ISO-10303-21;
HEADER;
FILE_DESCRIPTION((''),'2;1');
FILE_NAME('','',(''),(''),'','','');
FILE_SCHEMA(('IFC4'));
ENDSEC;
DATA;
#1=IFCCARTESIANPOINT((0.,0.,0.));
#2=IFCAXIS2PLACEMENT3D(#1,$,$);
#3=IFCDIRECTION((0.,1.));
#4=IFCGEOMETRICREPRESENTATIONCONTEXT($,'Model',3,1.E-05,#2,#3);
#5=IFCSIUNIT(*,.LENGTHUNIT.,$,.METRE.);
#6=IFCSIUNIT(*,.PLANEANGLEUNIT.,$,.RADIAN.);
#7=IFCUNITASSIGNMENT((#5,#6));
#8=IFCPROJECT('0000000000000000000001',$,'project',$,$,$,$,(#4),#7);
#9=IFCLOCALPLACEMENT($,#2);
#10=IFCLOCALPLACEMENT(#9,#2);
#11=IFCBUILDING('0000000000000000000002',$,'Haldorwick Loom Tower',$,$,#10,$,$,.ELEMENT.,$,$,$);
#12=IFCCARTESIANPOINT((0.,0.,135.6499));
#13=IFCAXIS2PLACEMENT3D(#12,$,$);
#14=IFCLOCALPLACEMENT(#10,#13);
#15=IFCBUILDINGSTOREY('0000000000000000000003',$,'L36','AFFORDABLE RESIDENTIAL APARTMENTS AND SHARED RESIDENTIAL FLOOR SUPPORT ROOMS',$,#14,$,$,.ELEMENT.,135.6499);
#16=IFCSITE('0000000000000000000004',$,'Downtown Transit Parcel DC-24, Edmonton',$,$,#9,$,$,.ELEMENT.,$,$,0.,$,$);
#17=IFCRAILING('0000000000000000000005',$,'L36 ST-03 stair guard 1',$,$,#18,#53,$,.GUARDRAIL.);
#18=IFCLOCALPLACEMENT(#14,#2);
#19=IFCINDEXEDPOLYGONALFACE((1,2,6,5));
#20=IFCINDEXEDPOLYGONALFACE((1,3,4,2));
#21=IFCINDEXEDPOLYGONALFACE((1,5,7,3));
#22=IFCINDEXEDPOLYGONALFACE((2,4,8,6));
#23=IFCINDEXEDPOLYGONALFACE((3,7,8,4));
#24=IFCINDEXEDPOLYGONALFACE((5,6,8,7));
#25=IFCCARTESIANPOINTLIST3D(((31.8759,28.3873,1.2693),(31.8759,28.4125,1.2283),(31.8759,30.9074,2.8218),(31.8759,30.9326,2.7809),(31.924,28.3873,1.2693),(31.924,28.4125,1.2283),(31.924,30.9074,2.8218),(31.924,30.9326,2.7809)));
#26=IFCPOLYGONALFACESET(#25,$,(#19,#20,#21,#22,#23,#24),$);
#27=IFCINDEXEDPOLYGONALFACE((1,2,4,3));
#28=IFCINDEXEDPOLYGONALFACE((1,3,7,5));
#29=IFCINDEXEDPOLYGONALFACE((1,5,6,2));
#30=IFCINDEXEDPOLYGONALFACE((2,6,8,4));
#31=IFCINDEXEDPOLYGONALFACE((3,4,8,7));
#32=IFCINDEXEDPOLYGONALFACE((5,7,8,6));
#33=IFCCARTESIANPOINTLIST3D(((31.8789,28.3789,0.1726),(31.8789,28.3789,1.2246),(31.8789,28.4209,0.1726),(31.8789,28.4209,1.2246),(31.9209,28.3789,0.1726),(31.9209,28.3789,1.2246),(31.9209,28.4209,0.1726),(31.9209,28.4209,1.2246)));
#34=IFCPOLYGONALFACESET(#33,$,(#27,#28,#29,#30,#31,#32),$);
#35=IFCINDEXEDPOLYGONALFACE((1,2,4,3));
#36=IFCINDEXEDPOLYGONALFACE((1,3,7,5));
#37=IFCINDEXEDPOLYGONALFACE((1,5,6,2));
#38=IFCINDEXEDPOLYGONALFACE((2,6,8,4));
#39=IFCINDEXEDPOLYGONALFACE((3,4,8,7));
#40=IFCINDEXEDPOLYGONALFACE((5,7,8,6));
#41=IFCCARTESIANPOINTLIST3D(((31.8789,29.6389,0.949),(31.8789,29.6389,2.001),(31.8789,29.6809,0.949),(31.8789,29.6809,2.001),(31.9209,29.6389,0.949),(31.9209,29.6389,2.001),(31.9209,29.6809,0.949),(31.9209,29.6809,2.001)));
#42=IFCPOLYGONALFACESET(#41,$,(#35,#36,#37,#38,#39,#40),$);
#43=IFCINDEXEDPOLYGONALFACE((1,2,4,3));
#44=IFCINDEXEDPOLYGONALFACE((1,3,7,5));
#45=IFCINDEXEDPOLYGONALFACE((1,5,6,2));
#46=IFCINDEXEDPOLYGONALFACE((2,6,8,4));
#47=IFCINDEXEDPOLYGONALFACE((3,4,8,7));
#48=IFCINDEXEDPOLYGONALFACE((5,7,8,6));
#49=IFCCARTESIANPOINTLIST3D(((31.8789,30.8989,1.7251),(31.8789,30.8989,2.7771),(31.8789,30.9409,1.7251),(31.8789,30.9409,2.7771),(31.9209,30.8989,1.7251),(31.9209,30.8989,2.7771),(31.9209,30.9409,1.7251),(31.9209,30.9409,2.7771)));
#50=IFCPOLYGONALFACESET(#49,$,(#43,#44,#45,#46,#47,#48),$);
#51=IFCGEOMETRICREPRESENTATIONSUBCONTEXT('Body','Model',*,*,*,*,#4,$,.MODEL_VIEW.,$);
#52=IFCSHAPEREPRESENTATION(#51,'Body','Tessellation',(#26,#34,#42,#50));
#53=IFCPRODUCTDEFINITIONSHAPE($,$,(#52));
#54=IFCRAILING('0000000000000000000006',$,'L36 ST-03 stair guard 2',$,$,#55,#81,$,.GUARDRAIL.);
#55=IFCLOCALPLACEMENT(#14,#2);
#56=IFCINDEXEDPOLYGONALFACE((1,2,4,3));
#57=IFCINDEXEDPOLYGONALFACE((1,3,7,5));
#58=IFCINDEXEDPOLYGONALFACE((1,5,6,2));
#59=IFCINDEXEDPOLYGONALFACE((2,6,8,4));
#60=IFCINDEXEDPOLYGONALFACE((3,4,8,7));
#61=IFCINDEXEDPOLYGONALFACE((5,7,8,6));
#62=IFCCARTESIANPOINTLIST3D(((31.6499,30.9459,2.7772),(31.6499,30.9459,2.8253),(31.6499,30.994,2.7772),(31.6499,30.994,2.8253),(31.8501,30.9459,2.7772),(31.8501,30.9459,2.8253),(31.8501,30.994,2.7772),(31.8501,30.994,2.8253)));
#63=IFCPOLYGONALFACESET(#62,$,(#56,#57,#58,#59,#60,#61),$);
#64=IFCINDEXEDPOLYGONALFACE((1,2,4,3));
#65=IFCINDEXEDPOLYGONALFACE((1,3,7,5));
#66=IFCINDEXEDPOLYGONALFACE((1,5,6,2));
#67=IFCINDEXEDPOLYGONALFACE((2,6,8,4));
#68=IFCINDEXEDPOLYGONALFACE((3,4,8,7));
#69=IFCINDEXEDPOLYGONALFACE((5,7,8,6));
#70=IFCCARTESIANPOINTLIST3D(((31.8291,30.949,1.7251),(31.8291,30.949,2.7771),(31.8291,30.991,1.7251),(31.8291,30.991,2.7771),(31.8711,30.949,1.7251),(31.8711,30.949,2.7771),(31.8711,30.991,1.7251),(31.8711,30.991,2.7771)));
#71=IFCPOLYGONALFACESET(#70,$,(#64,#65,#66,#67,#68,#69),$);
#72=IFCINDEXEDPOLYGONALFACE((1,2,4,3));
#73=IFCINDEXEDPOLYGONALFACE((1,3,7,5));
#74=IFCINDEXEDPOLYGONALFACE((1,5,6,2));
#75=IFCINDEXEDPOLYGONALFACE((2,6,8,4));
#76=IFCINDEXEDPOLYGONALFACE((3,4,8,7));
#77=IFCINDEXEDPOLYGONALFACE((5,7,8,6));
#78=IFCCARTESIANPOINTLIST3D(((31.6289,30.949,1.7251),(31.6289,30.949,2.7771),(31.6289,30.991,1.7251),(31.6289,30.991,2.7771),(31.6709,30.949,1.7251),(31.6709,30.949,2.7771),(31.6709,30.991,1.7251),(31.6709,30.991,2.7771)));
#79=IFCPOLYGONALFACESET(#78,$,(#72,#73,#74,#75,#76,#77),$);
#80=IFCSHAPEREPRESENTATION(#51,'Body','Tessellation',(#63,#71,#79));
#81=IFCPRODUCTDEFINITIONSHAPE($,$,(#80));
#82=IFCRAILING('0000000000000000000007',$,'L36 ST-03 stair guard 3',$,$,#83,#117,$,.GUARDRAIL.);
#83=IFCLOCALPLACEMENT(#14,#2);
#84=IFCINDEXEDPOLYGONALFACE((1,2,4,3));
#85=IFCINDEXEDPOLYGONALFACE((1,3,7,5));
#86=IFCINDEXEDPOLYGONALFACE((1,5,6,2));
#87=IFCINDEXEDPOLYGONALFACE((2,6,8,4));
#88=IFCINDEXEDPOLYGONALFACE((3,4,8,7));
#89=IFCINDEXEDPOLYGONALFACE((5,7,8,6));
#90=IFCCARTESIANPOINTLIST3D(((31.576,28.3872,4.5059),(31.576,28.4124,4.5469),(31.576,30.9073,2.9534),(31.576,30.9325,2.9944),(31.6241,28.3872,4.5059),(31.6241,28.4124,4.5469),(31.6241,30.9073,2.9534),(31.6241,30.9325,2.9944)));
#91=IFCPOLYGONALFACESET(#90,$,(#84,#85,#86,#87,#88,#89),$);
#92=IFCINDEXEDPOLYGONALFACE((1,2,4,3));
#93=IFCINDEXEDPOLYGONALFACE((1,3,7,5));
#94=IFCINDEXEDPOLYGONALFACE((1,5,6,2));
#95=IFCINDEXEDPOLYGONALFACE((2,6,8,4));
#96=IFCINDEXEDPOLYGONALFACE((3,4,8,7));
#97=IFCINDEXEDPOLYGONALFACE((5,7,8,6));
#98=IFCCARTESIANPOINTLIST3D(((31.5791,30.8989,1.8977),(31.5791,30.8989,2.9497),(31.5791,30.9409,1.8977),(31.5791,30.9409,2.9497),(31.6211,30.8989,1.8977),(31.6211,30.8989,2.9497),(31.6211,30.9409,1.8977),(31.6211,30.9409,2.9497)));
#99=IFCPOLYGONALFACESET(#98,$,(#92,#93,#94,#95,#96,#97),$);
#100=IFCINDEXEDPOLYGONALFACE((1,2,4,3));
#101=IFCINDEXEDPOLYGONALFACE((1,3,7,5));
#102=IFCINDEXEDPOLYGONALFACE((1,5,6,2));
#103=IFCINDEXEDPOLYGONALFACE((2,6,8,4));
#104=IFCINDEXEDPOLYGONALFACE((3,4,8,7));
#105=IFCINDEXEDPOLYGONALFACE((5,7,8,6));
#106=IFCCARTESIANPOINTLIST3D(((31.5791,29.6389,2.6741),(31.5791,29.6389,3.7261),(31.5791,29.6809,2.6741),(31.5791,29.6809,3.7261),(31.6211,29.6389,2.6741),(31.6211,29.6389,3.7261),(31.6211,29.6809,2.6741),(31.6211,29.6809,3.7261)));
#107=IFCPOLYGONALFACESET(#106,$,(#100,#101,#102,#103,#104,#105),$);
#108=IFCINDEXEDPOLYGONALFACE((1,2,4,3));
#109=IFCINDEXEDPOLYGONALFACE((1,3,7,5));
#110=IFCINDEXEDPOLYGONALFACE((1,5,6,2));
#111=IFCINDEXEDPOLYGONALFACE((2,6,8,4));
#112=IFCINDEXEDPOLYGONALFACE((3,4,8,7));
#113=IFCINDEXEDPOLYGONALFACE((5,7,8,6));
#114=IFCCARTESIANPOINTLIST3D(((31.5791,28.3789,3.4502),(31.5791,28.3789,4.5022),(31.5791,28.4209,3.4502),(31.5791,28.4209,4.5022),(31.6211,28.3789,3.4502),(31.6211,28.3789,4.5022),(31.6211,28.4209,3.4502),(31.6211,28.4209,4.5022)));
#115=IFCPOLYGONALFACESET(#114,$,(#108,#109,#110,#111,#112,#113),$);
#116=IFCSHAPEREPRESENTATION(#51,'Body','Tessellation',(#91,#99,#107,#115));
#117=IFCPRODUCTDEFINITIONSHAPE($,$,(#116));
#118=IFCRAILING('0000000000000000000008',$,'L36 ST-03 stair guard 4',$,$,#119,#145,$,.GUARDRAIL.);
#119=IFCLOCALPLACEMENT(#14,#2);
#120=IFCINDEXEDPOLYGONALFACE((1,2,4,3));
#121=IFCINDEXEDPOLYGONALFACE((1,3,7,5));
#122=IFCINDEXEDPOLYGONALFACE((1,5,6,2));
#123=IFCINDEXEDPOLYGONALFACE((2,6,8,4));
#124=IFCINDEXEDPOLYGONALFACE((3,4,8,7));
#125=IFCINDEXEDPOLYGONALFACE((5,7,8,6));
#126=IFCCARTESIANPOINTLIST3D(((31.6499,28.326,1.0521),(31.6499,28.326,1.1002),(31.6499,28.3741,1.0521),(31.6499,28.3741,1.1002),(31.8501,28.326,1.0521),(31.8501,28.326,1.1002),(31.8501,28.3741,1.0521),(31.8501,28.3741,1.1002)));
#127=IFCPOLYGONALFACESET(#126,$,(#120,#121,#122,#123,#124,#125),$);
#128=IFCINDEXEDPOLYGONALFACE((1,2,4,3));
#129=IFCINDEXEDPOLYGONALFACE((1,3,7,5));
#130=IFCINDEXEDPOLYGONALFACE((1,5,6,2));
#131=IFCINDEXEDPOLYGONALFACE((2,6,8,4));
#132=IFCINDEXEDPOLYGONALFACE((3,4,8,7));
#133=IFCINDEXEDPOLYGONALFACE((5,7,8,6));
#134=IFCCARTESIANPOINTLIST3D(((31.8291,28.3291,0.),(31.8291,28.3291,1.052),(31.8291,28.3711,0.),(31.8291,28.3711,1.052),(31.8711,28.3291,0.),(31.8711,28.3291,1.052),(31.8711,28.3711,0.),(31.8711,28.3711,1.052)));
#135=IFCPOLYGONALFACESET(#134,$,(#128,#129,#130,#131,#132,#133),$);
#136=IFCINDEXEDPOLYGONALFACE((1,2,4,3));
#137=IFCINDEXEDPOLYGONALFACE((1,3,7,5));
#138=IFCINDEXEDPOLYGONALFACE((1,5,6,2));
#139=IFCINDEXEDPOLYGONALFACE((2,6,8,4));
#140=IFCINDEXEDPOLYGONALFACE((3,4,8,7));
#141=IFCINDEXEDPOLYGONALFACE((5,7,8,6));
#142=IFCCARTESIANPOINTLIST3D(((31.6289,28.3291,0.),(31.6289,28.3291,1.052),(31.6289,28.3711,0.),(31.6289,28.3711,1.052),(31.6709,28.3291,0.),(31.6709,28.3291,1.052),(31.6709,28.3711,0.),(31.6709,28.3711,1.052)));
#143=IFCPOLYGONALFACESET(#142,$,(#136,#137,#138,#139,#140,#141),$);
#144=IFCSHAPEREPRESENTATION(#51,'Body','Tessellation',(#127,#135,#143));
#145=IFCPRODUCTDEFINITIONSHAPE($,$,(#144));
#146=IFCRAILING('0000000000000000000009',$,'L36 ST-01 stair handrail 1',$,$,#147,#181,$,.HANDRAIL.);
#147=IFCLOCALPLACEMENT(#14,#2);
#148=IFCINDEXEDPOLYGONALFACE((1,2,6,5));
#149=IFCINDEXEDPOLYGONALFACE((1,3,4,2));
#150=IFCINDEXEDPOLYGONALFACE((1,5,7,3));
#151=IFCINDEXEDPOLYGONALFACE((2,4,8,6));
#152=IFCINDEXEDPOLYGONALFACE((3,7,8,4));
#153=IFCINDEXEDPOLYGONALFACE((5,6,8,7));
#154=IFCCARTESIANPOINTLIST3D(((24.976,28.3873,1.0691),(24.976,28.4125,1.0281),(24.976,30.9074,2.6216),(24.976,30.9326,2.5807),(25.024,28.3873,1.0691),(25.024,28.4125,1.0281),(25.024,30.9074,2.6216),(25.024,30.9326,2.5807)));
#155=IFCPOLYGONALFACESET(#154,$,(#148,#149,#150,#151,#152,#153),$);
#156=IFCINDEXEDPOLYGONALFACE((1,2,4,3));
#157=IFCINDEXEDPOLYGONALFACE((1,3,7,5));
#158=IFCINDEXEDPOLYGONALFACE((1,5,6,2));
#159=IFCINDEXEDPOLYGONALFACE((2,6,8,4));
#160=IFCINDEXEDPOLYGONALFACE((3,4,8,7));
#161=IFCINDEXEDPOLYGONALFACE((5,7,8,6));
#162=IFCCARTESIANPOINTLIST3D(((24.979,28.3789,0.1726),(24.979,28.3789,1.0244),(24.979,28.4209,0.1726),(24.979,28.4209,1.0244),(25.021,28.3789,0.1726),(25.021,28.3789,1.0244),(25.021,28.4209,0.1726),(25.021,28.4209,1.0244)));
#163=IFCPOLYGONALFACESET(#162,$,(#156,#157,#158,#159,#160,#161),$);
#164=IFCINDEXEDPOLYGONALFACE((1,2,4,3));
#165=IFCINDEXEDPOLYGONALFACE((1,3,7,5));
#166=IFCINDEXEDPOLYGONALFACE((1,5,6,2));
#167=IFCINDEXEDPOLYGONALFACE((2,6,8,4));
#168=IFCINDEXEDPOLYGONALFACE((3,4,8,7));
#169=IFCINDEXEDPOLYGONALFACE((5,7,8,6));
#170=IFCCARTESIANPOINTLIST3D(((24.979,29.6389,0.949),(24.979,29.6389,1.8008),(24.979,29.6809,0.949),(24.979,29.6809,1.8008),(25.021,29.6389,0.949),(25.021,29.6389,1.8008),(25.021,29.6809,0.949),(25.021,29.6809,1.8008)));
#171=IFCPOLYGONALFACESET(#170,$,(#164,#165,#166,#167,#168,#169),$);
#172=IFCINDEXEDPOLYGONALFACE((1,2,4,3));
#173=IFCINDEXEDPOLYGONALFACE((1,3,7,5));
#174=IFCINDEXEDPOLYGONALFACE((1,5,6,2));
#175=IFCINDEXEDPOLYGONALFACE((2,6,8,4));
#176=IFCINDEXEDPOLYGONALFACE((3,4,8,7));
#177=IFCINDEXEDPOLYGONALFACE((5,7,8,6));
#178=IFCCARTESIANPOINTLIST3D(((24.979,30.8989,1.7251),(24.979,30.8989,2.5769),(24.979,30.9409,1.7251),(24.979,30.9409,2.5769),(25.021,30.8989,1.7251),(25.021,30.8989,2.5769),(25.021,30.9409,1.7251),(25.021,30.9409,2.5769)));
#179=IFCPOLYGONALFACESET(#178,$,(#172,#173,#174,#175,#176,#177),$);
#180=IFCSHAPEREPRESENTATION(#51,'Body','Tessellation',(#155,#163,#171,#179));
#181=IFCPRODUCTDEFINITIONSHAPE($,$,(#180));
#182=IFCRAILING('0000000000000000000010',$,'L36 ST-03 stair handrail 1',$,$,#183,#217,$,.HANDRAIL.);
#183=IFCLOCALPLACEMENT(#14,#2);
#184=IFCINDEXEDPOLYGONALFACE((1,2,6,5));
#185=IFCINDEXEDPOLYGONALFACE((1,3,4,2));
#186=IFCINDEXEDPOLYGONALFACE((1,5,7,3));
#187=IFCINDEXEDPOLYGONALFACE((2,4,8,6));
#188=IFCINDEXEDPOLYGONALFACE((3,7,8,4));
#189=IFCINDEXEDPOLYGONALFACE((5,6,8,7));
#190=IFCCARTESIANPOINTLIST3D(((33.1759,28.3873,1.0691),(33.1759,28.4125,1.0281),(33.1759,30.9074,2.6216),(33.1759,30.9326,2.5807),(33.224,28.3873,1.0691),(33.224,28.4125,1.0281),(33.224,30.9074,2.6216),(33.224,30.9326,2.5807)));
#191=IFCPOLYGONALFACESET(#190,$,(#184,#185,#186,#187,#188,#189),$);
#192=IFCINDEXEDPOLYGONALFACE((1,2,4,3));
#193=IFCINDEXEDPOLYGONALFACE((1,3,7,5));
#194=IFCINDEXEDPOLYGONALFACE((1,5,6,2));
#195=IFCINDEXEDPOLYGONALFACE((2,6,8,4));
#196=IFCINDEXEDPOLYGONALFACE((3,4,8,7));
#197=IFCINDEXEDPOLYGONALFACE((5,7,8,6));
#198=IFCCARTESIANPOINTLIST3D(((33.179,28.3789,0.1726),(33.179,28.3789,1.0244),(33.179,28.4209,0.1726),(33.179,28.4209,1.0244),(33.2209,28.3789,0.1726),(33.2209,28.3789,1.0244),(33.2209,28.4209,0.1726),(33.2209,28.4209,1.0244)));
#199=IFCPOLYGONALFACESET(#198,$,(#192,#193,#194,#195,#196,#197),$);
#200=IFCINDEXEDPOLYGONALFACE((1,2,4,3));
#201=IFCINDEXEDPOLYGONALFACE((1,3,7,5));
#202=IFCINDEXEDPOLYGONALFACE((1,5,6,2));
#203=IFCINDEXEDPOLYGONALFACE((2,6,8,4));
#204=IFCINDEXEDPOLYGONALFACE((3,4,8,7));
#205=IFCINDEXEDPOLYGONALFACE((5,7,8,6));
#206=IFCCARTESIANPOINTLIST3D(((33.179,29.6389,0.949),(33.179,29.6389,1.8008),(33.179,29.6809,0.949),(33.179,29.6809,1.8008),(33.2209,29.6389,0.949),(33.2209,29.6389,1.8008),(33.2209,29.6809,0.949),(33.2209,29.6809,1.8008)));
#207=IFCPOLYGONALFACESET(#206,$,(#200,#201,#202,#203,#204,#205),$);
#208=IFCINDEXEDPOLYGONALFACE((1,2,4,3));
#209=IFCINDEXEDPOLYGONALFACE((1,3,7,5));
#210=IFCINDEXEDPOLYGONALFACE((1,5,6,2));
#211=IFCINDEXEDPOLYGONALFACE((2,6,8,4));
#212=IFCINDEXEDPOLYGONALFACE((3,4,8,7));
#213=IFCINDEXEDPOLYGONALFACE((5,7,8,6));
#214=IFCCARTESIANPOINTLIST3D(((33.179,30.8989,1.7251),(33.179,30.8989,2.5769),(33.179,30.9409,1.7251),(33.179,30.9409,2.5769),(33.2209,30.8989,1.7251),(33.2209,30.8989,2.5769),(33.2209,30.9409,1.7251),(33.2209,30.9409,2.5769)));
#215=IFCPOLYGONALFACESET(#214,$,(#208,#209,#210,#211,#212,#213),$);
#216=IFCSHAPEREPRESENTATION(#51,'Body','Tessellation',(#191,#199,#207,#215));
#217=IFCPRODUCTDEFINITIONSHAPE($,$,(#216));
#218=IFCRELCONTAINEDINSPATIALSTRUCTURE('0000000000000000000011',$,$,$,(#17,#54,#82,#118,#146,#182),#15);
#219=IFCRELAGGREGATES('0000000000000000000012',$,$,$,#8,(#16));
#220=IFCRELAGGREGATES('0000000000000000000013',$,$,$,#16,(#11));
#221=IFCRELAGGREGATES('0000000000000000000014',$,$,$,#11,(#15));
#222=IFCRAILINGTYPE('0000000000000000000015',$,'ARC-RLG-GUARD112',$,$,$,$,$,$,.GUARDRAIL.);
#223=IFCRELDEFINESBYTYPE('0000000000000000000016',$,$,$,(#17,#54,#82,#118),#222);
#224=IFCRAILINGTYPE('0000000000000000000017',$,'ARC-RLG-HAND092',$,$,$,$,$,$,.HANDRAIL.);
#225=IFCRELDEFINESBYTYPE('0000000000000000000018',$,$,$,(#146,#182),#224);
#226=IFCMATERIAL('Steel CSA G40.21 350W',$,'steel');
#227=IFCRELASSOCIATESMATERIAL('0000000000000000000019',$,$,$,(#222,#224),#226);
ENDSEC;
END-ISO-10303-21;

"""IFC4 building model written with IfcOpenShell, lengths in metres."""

from ifc_helpers import new_model, si_unit, direction, frame, origin, origin_2d, place, context, subcontext, project, spatial, rectangle, extrude, material, type_object, element, save


model = new_model("IFC4")

# Units and contexts
model_context = context("Model", 3, precision=1e-05, world=origin(), true_north=direction((0.0, 1.0)))
body_context = subcontext(model_context, "Body", "Model", "MODEL_VIEW")
ifc_project = project(units=[si_unit("LENGTHUNIT", "METRE"), si_unit("PLANEANGLEUNIT", "RADIAN")], contexts=[model_context])

# Site, building, storey
site_placement = place(None, origin())
site = spatial("IfcSite", under=ifc_project, at=site_placement, Name="Downtown Transit Parcel DC-24, Edmonton", CompositionType="ELEMENT", RefElevation=0.0)
building_placement = place(site_placement, origin())
building = spatial("IfcBuilding", under=site, at=building_placement, Name="Haldorwick Loom Tower", CompositionType="ELEMENT")
storey_placement = place(building_placement, frame((0.0, 0.0, 135.6499)))
storey = spatial("IfcBuildingStorey", under=building, at=storey_placement, Name="L36", Description="AFFORDABLE RESIDENTIAL APARTMENTS AND SHARED RESIDENTIAL FLOOR SUPPORT ROOMS", CompositionType="ELEMENT", Elevation=135.6499)

# Shared definitions
ifc_material_1 = material(Name="Steel CSA G40.21 350W", Category="steel")

# Railings
railing_type_1 = type_object("IfcRailingType", Name="ARC-RLG-GUARD112", PredefinedType="GUARDRAIL", material=ifc_material_1)
railing_1_placement = place(storey_placement, frame((31.8999, 28.3999, 0.1726)))
element("IfcRailing", 1, at=railing_1_placement, inside=storey, type_object=railing_type_1, Name="L36 ST-03 stair guard 1", PredefinedType="GUARDRAIL", context=body_context, shape_type="SweptSolid", body=[
    extrude(rectangle(XDim=0.0481, YDim=0.0481, at=origin_2d()), frame((0.0, 0.0, 1.0762), z_axis=(0.0, 0.8514, 0.524516), x_axis=(-1.0, 0.0, 0.0)), (0.0, 0.0, 1.0), 2.96),
    extrude(rectangle(XDim=0.042, YDim=0.042, at=origin_2d()), origin(), (0.0, 0.0, 1.0), 1.052),
    extrude(rectangle(XDim=0.042, YDim=0.042, at=origin_2d()), frame((0.0, 1.26, 0.7764)), (0.0, 0.0, 1.0), 1.052),
    extrude(rectangle(XDim=0.042, YDim=0.042, at=origin_2d()), frame((0.0, 2.52, 1.5525)), (0.0, 0.0, 1.0), 1.052),
])
railing_2_placement = place(storey_placement, frame((31.8501, 30.97, 1.7251)))
element("IfcRailing", 2, at=railing_2_placement, inside=storey, type_object=railing_type_1, Name="L36 ST-03 stair guard 2", PredefinedType="GUARDRAIL", context=body_context, shape_type="SweptSolid", body=[
    extrude(rectangle(XDim=0.0481, YDim=0.0481, at=origin_2d()), frame((0.0, 0.0, 1.0762), z_axis=(-1.0, 0.0, 0.0), x_axis=(0.0, -1.0, 0.0)), (0.0, 0.0, 1.0), 0.2002),
    extrude(rectangle(XDim=0.042, YDim=0.042, at=origin_2d()), origin(), (0.0, 0.0, 1.0), 1.052),
    extrude(rectangle(XDim=0.042, YDim=0.042, at=origin_2d()), frame((-0.2002, 0.0, 0.0)), (0.0, 0.0, 1.0), 1.052),
])
railing_3_placement = place(storey_placement, frame((31.6001, 30.9199, 1.8977)))
element("IfcRailing", 3, at=railing_3_placement, inside=storey, type_object=railing_type_1, Name="L36 ST-03 stair guard 3", PredefinedType="GUARDRAIL", context=body_context, shape_type="SweptSolid", body=[
    extrude(rectangle(XDim=0.0481, YDim=0.0481, at=origin_2d()), frame((0.0, 0.0, 1.0762), z_axis=(0.0, -0.8514, 0.524516), x_axis=(1.0, 0.0, 0.0)), (0.0, 0.0, 1.0), 2.96),
    extrude(rectangle(XDim=0.042, YDim=0.042, at=origin_2d()), origin(), (0.0, 0.0, 1.0), 1.052),
    extrude(rectangle(XDim=0.042, YDim=0.042, at=origin_2d()), frame((0.0, -1.26, 0.7764)), (0.0, 0.0, 1.0), 1.052),
    extrude(rectangle(XDim=0.042, YDim=0.042, at=origin_2d()), frame((0.0, -2.52, 1.5525)), (0.0, 0.0, 1.0), 1.052),
])
railing_4_placement = place(storey_placement, frame((31.8501, 28.3501, 0.0)))
element("IfcRailing", 4, at=railing_4_placement, inside=storey, type_object=railing_type_1, Name="L36 ST-03 stair guard 4", PredefinedType="GUARDRAIL", context=body_context, shape_type="SweptSolid", body=[
    extrude(rectangle(XDim=0.0481, YDim=0.0481, at=origin_2d()), frame((0.0, 0.0, 1.0762), z_axis=(-1.0, 0.0, 0.0), x_axis=(0.0, -1.0, 0.0)), (0.0, 0.0, 1.0), 0.2002),
    extrude(rectangle(XDim=0.042, YDim=0.042, at=origin_2d()), origin(), (0.0, 0.0, 1.0), 1.052),
    extrude(rectangle(XDim=0.042, YDim=0.042, at=origin_2d()), frame((-0.2002, 0.0, 0.0)), (0.0, 0.0, 1.0), 1.052),
])
railing_type_2 = type_object("IfcRailingType", Name="ARC-RLG-HAND092", PredefinedType="HANDRAIL", material=ifc_material_1)
for number, where, name in (
    (5, (25.0, 28.3999, 0.1726), "L36 ST-01 stair handrail 1"),
    (6, (33.2, 28.3999, 0.1726), "L36 ST-03 stair handrail 1"),
):
    element("IfcRailing", number, at=place(storey_placement, frame(where)), inside=storey, type_object=railing_type_2, Name=name, PredefinedType="HANDRAIL", context=body_context, shape_type="SweptSolid", body=[
        extrude(rectangle(XDim=0.0481, YDim=0.0481, at=origin_2d()), frame((0.0, 0.0, 0.876), z_axis=(0.0, 0.8514, 0.524516), x_axis=(-1.0, 0.0, 0.0)), (0.0, 0.0, 1.0), 2.96),
        extrude(rectangle(XDim=0.042, YDim=0.042, at=origin_2d()), origin(), (0.0, 0.0, 1.0), 0.8518),
        extrude(rectangle(XDim=0.042, YDim=0.042, at=origin_2d()), frame((0.0, 1.26, 0.7764)), (0.0, 0.0, 1.0), 0.8518),
        extrude(rectangle(XDim=0.042, YDim=0.042, at=origin_2d()), frame((0.0, 2.52, 1.5525)), (0.0, 0.0, 1.0), 0.8518),
    ])

save(model, "model.ifc")
